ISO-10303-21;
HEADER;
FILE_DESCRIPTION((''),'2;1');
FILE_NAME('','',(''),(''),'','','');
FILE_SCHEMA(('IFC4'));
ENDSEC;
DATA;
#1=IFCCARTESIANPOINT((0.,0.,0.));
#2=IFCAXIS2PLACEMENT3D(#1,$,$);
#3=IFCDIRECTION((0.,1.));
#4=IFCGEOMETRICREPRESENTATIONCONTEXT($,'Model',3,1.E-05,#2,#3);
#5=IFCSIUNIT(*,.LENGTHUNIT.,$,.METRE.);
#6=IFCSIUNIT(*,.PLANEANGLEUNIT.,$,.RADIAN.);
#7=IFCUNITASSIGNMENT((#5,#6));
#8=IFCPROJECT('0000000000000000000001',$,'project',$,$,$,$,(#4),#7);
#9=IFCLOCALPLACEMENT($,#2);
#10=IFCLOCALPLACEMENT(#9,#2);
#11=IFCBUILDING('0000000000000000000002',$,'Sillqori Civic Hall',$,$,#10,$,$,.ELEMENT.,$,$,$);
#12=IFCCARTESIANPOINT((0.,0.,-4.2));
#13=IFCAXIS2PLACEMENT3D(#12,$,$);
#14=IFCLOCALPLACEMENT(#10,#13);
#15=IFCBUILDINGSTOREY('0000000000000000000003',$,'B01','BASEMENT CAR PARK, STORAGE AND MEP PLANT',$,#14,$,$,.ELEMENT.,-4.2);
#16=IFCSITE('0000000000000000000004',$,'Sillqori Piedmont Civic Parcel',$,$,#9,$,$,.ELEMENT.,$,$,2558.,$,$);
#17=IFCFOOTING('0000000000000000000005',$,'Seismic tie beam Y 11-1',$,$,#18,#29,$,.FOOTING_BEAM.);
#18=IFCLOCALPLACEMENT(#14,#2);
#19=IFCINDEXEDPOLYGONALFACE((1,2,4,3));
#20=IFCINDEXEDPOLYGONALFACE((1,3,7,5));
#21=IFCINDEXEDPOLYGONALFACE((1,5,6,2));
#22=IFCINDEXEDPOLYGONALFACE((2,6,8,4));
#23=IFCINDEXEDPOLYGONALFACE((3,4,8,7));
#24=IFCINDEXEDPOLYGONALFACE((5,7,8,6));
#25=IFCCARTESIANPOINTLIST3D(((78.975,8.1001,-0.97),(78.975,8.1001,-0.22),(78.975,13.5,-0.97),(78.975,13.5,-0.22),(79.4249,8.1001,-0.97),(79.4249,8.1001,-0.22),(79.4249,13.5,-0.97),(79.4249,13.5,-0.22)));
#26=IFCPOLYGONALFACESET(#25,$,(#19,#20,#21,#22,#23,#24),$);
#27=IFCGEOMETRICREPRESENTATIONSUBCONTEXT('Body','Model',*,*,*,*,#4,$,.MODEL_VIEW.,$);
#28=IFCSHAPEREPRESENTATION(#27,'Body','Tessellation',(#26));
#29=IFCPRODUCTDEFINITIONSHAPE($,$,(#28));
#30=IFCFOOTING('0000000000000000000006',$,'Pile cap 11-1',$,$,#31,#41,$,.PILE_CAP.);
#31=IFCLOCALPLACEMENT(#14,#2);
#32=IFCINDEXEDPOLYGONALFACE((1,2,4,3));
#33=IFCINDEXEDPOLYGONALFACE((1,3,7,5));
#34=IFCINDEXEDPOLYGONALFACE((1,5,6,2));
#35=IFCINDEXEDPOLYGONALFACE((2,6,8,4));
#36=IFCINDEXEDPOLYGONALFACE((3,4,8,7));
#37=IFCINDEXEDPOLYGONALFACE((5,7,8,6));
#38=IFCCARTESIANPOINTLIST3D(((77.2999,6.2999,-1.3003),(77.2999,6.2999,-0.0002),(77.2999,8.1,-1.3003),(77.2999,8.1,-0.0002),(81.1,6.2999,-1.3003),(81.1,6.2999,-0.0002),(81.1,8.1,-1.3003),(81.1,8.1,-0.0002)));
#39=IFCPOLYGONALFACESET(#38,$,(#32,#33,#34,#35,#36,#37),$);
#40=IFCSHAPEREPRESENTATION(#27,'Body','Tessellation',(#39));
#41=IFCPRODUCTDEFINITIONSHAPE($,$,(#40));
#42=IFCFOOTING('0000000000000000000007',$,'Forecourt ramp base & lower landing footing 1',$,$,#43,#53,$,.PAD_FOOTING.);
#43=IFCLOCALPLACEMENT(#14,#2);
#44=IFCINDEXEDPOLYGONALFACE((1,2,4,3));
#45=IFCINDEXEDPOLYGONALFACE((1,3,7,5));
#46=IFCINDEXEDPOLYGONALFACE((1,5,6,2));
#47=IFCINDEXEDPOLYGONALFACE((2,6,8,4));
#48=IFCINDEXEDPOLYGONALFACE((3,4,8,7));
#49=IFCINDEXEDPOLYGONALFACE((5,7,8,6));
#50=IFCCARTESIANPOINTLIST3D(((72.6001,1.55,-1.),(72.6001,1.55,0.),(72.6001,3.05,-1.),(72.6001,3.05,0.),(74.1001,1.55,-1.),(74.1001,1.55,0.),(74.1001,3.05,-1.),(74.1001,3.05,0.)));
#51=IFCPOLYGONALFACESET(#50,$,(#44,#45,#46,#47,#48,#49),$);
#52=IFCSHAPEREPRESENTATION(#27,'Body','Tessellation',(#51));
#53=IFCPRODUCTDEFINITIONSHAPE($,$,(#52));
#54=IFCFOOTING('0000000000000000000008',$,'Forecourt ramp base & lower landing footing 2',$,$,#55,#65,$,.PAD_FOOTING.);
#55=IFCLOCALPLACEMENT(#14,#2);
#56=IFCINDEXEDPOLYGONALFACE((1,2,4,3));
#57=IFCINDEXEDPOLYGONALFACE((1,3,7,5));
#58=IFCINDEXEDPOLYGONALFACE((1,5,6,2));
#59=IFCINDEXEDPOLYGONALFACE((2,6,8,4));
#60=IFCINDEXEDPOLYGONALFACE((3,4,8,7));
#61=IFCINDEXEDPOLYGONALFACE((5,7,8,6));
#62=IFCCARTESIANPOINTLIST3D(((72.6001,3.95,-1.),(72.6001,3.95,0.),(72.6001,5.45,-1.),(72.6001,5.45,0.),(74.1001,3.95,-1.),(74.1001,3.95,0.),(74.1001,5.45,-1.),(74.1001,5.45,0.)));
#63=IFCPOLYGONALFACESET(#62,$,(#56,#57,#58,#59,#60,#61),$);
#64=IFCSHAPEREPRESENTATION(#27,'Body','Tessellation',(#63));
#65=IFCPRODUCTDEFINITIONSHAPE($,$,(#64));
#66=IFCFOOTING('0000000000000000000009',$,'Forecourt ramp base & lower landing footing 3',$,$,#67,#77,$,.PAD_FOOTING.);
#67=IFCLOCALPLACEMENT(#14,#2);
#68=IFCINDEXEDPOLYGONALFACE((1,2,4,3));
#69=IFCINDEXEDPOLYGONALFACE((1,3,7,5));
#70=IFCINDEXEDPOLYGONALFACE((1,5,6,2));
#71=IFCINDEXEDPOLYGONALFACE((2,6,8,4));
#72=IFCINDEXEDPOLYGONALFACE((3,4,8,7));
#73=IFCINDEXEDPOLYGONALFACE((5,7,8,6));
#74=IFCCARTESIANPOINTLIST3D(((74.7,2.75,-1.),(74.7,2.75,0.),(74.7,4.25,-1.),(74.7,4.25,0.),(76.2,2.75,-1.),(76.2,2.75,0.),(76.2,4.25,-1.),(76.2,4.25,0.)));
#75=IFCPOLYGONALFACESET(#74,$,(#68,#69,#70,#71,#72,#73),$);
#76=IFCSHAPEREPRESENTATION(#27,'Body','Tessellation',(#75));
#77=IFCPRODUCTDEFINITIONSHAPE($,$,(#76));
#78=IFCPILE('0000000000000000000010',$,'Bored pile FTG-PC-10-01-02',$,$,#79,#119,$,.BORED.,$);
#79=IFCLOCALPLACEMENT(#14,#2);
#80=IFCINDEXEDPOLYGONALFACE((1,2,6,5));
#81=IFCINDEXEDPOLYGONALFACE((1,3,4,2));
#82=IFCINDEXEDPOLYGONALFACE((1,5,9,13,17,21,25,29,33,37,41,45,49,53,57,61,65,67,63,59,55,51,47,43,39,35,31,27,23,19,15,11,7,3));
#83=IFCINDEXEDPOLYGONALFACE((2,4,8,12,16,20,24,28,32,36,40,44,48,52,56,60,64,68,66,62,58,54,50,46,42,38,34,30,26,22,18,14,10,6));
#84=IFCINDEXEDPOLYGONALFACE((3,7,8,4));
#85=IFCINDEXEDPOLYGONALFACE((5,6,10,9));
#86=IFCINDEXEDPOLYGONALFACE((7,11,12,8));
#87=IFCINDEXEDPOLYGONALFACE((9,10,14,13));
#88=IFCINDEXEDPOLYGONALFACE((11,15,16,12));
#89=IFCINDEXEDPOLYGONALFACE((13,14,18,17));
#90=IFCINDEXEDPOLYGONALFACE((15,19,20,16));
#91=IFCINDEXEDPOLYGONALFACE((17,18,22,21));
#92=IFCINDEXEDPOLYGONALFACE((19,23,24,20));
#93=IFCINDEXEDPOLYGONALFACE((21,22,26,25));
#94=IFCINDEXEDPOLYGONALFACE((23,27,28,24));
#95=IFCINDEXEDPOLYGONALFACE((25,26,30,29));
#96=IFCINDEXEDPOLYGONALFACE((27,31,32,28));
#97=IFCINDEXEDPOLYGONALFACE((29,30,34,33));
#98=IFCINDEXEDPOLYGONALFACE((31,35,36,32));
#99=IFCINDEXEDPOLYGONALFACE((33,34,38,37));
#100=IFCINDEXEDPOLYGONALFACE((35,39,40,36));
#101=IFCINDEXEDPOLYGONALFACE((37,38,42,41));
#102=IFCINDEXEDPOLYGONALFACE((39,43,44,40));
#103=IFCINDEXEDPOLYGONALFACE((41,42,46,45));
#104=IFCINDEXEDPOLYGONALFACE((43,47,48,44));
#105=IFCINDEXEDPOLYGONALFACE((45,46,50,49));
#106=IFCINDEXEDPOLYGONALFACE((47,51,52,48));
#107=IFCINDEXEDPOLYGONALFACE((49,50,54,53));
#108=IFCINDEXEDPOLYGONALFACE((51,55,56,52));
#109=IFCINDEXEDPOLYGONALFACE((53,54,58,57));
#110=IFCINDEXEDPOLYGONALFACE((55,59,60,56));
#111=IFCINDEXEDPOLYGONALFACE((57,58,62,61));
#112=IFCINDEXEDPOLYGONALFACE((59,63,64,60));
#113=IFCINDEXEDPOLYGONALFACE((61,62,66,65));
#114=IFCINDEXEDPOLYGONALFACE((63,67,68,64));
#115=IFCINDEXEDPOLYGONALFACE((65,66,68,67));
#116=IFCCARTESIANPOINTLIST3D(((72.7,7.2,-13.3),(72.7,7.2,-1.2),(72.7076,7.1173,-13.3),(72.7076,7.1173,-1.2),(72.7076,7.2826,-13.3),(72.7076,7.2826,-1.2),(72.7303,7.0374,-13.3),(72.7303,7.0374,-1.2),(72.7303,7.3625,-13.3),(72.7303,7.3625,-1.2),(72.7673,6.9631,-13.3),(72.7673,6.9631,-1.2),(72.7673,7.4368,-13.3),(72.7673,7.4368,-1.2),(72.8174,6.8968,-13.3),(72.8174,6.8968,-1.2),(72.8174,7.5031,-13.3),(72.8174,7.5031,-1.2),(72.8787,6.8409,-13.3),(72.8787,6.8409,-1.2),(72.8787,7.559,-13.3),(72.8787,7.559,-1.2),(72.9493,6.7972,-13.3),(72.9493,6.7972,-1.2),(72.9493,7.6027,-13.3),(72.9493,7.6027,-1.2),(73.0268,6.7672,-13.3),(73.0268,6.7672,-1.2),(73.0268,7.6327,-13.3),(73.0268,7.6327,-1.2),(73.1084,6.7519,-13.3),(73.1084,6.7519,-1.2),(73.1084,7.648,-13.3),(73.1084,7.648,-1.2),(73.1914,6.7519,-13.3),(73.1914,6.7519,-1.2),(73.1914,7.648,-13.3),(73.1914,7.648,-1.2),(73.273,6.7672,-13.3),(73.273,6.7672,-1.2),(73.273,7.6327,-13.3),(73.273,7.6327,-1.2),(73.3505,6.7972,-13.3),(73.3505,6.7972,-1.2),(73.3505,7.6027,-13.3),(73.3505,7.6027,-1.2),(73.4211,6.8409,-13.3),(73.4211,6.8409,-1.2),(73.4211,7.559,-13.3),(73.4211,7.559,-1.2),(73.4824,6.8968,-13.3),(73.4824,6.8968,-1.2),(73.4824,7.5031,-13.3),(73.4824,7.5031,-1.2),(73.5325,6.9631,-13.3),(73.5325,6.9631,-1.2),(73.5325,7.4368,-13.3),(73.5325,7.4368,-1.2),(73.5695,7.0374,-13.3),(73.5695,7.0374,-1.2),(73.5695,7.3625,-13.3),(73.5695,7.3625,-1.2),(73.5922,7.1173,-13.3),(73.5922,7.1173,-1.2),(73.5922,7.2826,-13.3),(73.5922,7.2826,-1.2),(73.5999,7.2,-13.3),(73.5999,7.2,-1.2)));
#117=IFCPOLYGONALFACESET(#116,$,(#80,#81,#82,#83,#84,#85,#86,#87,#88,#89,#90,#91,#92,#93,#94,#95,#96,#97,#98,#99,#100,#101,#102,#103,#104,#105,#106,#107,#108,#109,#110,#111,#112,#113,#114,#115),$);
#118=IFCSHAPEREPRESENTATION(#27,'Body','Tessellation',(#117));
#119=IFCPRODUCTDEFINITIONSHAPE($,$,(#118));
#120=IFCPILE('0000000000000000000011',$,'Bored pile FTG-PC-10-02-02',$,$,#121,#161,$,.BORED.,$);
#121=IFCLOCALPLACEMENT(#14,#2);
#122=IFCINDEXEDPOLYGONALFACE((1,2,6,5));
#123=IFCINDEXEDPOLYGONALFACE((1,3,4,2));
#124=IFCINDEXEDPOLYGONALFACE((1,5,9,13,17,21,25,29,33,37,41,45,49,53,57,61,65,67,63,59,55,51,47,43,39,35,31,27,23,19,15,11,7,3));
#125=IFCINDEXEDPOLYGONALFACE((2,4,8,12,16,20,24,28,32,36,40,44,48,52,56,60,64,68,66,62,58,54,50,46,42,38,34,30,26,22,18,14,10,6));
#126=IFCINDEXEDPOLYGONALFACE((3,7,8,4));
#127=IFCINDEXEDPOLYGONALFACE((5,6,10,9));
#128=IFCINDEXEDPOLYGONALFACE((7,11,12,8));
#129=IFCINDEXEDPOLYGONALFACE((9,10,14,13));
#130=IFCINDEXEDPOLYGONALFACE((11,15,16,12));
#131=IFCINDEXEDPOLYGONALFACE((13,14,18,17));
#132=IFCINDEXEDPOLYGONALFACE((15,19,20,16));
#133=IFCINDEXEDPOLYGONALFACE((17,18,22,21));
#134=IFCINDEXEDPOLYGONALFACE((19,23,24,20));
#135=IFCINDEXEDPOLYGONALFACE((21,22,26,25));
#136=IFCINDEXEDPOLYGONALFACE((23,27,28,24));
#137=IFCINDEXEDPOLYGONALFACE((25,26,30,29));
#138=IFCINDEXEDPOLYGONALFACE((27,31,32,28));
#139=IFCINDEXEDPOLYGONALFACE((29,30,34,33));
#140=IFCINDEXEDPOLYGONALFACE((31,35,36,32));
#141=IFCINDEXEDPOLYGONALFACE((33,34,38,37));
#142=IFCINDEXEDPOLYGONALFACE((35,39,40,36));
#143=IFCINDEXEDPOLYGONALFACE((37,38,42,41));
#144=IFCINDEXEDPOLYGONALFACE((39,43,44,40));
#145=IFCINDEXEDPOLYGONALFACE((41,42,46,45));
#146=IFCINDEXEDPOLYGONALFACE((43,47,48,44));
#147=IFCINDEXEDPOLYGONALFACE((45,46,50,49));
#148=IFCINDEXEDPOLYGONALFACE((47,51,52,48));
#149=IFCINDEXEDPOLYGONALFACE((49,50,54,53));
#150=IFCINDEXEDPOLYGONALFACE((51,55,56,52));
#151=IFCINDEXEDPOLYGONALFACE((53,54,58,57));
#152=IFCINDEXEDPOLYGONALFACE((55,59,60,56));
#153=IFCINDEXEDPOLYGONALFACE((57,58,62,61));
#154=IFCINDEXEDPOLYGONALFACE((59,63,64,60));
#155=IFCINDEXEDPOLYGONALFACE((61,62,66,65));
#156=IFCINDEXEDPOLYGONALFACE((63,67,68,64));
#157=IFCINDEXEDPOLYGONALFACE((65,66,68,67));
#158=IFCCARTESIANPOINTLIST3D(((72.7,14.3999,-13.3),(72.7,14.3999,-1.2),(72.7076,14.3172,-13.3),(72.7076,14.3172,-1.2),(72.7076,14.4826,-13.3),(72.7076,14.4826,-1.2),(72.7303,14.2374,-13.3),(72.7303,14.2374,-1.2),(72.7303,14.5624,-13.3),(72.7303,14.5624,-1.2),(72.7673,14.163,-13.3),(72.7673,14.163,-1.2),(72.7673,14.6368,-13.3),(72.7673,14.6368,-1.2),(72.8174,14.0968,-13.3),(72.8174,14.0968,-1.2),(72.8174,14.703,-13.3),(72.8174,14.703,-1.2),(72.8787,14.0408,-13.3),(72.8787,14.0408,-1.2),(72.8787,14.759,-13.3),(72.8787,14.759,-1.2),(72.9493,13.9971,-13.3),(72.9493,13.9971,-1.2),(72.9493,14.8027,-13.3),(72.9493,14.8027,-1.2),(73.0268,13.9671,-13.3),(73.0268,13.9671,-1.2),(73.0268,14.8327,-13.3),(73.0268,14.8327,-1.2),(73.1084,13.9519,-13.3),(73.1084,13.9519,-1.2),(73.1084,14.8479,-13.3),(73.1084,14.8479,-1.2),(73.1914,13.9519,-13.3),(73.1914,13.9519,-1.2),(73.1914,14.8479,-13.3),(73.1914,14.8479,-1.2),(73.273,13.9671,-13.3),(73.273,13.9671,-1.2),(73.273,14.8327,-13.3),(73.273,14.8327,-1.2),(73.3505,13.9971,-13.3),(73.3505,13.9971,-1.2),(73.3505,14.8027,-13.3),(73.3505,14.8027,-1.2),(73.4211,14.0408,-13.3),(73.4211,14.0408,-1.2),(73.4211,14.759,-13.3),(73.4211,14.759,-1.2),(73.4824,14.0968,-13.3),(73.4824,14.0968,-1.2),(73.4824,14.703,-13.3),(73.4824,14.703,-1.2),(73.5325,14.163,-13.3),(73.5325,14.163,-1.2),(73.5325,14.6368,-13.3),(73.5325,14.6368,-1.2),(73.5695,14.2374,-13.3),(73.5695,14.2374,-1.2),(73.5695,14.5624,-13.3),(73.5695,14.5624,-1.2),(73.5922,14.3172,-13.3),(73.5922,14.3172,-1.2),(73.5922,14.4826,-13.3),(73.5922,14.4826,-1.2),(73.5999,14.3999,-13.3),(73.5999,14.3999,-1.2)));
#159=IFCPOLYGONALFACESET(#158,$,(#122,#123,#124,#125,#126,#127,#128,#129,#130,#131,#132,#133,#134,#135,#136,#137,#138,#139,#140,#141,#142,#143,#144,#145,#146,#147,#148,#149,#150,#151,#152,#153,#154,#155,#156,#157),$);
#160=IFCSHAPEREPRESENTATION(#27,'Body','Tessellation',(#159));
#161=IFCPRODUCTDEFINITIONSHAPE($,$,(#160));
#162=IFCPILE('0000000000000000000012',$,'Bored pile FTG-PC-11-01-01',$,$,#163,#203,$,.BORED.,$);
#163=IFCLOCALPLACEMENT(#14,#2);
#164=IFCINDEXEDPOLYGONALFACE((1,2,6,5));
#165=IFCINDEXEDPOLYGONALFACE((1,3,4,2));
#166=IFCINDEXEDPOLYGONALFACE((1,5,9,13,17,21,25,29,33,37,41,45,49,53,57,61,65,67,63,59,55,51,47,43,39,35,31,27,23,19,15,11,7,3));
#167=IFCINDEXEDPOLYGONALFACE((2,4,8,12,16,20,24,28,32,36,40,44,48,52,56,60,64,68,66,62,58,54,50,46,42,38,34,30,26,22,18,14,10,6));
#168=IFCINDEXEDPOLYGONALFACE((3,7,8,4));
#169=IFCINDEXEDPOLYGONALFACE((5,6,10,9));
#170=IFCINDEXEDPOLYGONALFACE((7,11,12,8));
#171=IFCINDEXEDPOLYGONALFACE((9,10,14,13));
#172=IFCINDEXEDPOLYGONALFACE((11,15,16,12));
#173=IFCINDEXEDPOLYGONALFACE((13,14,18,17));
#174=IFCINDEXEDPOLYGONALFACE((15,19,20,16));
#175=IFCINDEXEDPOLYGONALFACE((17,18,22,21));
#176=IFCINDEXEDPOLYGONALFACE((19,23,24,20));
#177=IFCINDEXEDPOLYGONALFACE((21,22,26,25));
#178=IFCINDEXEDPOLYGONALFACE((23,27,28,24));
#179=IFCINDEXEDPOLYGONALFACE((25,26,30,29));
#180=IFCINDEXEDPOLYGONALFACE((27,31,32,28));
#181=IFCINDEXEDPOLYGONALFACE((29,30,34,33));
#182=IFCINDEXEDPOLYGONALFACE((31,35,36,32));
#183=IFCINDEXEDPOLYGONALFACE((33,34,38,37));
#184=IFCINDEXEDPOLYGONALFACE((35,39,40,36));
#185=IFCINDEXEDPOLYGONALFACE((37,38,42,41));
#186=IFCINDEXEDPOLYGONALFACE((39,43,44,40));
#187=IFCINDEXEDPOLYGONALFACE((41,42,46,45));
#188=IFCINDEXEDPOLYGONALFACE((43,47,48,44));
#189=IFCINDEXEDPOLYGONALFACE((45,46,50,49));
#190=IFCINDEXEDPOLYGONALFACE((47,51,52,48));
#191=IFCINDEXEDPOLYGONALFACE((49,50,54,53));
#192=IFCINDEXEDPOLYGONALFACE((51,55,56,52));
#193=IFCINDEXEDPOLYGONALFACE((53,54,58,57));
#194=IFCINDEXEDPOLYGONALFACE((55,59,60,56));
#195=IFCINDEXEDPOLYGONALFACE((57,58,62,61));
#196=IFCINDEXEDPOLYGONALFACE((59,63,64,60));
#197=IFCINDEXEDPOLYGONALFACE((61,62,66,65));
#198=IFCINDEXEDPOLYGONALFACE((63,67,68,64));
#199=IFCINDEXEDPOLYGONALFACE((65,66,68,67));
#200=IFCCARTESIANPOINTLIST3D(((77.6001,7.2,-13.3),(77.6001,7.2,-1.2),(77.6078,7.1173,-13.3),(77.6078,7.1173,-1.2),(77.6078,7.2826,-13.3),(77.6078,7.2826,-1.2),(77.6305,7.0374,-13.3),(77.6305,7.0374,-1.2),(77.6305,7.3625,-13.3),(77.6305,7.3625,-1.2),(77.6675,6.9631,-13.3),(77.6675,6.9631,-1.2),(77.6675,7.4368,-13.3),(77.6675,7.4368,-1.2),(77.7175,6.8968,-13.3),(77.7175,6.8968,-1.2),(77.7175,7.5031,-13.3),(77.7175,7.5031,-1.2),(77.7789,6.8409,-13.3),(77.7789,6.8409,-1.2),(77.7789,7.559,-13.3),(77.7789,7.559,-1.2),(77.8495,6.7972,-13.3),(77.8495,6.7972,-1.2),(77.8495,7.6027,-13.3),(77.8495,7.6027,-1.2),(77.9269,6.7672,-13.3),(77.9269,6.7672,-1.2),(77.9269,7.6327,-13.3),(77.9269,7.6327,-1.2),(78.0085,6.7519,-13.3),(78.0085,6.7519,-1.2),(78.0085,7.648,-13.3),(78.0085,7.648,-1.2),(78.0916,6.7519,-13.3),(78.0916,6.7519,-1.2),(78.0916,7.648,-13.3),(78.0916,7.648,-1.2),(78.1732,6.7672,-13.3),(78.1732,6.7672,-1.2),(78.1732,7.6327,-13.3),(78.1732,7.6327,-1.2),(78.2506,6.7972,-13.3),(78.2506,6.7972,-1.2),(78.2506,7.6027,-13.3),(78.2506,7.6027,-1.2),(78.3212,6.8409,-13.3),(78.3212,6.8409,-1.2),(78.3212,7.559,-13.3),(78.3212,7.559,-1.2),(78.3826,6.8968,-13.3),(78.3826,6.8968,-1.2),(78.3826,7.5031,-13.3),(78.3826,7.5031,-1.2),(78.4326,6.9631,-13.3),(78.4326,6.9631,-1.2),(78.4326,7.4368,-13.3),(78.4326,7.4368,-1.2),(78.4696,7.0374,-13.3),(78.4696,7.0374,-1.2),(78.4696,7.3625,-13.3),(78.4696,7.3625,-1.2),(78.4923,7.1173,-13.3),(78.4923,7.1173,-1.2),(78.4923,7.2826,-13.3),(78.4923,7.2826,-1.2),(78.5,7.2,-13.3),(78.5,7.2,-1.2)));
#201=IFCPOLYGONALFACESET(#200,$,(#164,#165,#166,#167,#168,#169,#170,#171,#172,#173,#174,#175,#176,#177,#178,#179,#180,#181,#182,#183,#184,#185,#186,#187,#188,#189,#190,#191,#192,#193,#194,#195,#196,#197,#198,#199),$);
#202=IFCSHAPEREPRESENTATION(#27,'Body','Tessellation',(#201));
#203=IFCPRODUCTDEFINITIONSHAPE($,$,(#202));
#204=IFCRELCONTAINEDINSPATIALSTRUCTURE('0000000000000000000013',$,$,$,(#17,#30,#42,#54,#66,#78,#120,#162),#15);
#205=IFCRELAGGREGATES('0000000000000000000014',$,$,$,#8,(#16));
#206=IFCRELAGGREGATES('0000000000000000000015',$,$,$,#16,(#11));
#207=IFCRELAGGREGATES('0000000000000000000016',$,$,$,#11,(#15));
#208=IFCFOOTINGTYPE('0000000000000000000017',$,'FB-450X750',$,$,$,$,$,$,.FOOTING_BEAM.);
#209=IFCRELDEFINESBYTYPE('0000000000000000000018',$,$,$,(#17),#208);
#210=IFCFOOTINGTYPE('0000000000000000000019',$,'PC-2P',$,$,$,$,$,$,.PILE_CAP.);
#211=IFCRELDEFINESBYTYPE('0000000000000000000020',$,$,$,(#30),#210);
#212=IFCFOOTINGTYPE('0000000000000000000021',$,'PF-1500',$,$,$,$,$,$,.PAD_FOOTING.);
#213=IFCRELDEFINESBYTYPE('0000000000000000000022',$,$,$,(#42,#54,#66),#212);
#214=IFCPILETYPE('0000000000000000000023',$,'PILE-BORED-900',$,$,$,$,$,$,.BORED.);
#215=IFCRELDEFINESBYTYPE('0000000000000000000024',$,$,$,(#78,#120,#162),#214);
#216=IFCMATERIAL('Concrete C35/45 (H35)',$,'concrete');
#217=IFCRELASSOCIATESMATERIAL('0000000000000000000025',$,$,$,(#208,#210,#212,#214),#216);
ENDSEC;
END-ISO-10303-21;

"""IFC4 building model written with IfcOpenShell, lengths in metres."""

from ifc_helpers import new_model, si_unit, direction, frame, origin, origin_2d, place, context, subcontext, project, spatial, rectangle, circle, extrude, material, material_profile, profile_set, type_object, element, save


model = new_model("IFC4")

# Units and contexts
model_context = context("Model", 3, precision=1e-05, world=origin(), true_north=direction((0.0, 1.0)))
body_context = subcontext(model_context, "Body", "Model", "MODEL_VIEW")
ifc_project = project(units=[si_unit("LENGTHUNIT", "METRE"), si_unit("PLANEANGLEUNIT", "RADIAN")], contexts=[model_context])

# Site, building, storey
site_placement = place(None, origin())
site = spatial("IfcSite", under=ifc_project, at=site_placement, Name="Sillqori Piedmont Civic Parcel", CompositionType="ELEMENT", RefElevation=2558.0)
building_placement = place(site_placement, origin())
building = spatial("IfcBuilding", under=site, at=building_placement, Name="Sillqori Civic Hall", CompositionType="ELEMENT")
storey_placement = place(building_placement, frame((0.0, 0.0, -4.2)))
storey = spatial("IfcBuildingStorey", under=building, at=storey_placement, Name="B01", Description="BASEMENT CAR PARK, STORAGE AND MEP PLANT", CompositionType="ELEMENT", Elevation=-4.2)

# Footings
ifc_material_1 = material(Name="Concrete C35/45 (H35)", Category="concrete")
footing_type_1 = type_object("IfcFootingType", Name="FB-450X750", PredefinedType="FOOTING_BEAM", material=ifc_material_1)
footing_1_placement = place(storey_placement, frame((79.2, 10.8, -0.97), z_axis=(0.0, 0.0, 1.0), x_axis=(1.0, 0.0, 0.0)))
element("IfcFooting", 1, at=footing_1_placement, inside=storey, type_object=footing_type_1, Name="Seismic tie beam Y 11-1", PredefinedType="FOOTING_BEAM", context=body_context, shape_type="SweptSolid", body=[
    extrude(rectangle(XDim=0.45, YDim=5.3999, at=origin_2d()), origin(), (0.0, 0.0, 1.0), 0.75),
])
footing_type_2 = type_object("IfcFootingType", Name="PC-2P", PredefinedType="PILE_CAP", material=ifc_material_1)
footing_2_placement = place(storey_placement, frame((79.2, 7.2, -1.3003), z_axis=(0.0, 0.0, 1.0), x_axis=(1.0, 0.0, 0.0)))
element("IfcFooting", 2, at=footing_2_placement, inside=storey, type_object=footing_type_2, Name="Pile cap 11-1", PredefinedType="PILE_CAP", context=body_context, shape_type="SweptSolid", body=[
    extrude(rectangle(XDim=3.8, YDim=1.8, at=origin_2d()), origin(), (0.0, 0.0, 1.0), 1.3),
])
footing_type_3 = type_object("IfcFootingType", Name="PF-1500", PredefinedType="PAD_FOOTING", material=ifc_material_1)
for number, where, z_axis, x_axis, name in (
    (3, (73.3501, 2.3, -1.0), (0.0, 0.0, 1.0), (1.0, 0.0, 0.0), "Forecourt ramp base & lower landing footing 1"),
    (4, (73.3501, 4.7, -1.0), (0.0, 0.0, 1.0), (1.0, 0.0, 0.0), "Forecourt ramp base & lower landing footing 2"),
    (5, (75.45, 3.5, -1.0), (0.0, 0.0, 1.0), (1.0, 0.0, 0.0), "Forecourt ramp base & lower landing footing 3"),
):
    element("IfcFooting", number, at=place(storey_placement, frame(where, z_axis=z_axis, x_axis=x_axis)), inside=storey, type_object=footing_type_3, Name=name, PredefinedType="PAD_FOOTING", context=body_context, shape_type="SweptSolid", body=[
        extrude(rectangle(XDim=1.5, YDim=1.5, at=origin_2d()), origin(), (0.0, 0.0, 1.0), 1.0),
    ])

# Piles
ifc_material_profile_1 = material_profile(ifc_material_1, circle(Radius=0.45, at=origin_2d()), Name="BORED PILE 900")
ifc_profile_set_1 = profile_set([ifc_material_profile_1], Name="Concrete C35/45 (H35)")
pile_type = type_object("IfcPileType", Name="PILE-BORED-900", PredefinedType="BORED", material=ifc_profile_set_1)
for number, where, z_axis, x_axis, name in (
    (6, (73.1499, 7.2, -1.2), (0.0, 0.0, -1.0), (1.0, 0.0, 0.0), "Bored pile FTG-PC-10-01-02"),
    (7, (73.1499, 14.3999, -1.2), (0.0, 0.0, -1.0), (1.0, 0.0, 0.0), "Bored pile FTG-PC-10-02-02"),
    (8, (78.05, 7.2, -1.2), (0.0, 0.0, -1.0), (1.0, 0.0, 0.0), "Bored pile FTG-PC-11-01-01"),
):
    element("IfcPile", number, at=place(storey_placement, frame(where, z_axis=z_axis, x_axis=x_axis)), inside=storey, type_object=pile_type, Name=name, PredefinedType="BORED", context=body_context, shape_type="SweptSolid", body=[
        extrude(circle(Radius=0.45, at=origin_2d()), origin(), (0.0, 0.0, 1.0), 12.1001),
    ])

save(model, "model.ifc")
